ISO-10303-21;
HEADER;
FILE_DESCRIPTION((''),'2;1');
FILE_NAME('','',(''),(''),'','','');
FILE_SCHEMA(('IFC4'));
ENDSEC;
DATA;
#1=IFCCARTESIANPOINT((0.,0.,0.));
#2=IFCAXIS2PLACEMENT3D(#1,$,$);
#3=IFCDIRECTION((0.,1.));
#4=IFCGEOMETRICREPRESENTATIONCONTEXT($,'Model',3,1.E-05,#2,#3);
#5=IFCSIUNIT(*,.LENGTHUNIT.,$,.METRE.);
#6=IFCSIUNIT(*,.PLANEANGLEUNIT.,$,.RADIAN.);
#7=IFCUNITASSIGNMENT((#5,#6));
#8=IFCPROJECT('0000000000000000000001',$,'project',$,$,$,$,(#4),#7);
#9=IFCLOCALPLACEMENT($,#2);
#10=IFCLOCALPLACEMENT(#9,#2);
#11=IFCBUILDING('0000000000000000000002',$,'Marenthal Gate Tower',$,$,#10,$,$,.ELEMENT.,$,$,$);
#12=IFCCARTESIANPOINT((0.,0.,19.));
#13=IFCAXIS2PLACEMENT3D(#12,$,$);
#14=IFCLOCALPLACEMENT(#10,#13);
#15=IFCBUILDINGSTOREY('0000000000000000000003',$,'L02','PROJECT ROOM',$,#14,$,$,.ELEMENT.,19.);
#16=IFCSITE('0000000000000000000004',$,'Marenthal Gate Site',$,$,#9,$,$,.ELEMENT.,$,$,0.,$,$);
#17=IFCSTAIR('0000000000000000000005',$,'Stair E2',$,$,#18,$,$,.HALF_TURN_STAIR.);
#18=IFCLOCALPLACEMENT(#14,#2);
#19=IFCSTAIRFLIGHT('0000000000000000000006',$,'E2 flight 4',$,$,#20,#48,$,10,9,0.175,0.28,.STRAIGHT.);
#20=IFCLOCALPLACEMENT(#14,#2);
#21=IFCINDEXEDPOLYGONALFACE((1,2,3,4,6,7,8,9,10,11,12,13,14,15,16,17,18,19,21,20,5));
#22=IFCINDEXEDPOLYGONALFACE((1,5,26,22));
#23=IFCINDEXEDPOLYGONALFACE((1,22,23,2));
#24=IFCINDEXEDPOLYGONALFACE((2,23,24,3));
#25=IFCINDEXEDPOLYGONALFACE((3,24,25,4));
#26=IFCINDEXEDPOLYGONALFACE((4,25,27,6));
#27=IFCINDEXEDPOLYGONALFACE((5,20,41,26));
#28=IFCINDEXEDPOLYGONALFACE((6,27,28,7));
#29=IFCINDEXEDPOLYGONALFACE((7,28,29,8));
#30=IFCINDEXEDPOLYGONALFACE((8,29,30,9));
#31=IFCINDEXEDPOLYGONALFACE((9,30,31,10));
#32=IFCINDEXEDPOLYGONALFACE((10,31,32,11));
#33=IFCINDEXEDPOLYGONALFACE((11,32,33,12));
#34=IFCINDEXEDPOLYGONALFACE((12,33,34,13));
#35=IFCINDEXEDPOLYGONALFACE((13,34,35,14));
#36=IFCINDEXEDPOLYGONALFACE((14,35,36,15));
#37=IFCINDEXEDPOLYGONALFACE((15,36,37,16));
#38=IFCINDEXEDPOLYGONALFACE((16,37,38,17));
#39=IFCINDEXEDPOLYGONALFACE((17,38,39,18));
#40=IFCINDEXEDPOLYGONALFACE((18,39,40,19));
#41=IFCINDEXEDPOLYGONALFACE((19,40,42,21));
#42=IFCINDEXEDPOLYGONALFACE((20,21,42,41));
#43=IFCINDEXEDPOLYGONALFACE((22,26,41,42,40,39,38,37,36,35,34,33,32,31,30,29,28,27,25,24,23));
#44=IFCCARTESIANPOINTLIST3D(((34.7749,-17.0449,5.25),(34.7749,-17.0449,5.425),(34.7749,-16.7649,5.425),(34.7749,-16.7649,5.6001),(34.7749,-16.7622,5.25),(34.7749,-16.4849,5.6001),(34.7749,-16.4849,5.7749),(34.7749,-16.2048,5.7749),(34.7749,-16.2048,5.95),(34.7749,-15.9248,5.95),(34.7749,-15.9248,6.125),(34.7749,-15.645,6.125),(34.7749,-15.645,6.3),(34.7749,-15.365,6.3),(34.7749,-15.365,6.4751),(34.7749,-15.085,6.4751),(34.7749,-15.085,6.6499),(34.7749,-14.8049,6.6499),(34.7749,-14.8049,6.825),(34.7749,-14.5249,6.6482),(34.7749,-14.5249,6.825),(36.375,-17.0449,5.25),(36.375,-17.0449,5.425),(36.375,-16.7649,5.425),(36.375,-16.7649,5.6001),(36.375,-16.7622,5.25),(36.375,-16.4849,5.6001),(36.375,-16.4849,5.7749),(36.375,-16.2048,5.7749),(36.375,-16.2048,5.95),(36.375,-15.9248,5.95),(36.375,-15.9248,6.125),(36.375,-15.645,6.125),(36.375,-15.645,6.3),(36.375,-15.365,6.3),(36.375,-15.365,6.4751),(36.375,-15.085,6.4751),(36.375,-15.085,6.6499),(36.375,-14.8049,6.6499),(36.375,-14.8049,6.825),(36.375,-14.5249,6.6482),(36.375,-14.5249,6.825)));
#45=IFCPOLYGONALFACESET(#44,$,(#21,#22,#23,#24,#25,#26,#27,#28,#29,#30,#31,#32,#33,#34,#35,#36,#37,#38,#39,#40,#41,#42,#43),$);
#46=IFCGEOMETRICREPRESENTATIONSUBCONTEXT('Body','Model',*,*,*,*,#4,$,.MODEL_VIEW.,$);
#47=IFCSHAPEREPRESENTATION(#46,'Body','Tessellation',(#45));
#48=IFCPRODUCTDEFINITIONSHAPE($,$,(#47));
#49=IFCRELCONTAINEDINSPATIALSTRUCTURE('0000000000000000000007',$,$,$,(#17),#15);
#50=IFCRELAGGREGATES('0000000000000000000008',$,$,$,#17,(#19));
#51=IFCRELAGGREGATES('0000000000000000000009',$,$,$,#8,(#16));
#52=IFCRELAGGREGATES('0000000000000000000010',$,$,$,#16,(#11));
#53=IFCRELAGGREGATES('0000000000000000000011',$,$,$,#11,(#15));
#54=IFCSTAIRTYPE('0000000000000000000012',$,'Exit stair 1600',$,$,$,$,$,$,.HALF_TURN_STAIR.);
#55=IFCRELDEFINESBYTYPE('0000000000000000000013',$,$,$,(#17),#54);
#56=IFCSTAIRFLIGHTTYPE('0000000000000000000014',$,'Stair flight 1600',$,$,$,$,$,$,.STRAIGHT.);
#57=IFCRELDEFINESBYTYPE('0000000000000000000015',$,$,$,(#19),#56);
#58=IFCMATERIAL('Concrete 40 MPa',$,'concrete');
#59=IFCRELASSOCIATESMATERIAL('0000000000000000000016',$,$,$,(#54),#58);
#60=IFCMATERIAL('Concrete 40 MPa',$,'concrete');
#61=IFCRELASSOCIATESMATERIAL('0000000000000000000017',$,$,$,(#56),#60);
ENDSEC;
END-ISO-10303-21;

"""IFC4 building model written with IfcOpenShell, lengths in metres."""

from ifc_helpers import new_model, si_unit, direction, frame, origin, place, context, subcontext, project, spatial, polyline, outline, extrude, material, type_object, element, aggregate, save


model = new_model("IFC4")

# Units and contexts
model_context = context("Model", 3, precision=1e-05, world=origin(), true_north=direction((0.0, 1.0)))
body_context = subcontext(model_context, "Body", "Model", "MODEL_VIEW")
ifc_project = project(units=[si_unit("LENGTHUNIT", "METRE"), si_unit("PLANEANGLEUNIT", "RADIAN")], contexts=[model_context])

# Site, building, storey
site_placement = place(None, origin())
site = spatial("IfcSite", under=ifc_project, at=site_placement, Name="Marenthal Gate Site", CompositionType="ELEMENT", RefElevation=0.0)
building_placement = place(site_placement, origin())
building = spatial("IfcBuilding", under=site, at=building_placement, Name="Marenthal Gate Tower", CompositionType="ELEMENT")
storey_placement = place(building_placement, frame((0.0, 0.0, 19.0)))
storey = spatial("IfcBuildingStorey", under=building, at=storey_placement, Name="L02", Description="PROJECT ROOM", CompositionType="ELEMENT", Elevation=19.0)

# Stair, stair flight
ifc_material_1 = material(Name="Concrete 40 MPa", Category="concrete")
stair_type = type_object("IfcStairType", Name="Exit stair 1600", PredefinedType="HALF_TURN_STAIR", material=ifc_material_1)
stair_placement = place(storey_placement, origin())
stair = element("IfcStair", 1, at=stair_placement, inside=storey, type_object=stair_type, Name="Stair E2", PredefinedType="HALF_TURN_STAIR")
ifc_material_2 = material(Name="Concrete 40 MPa", Category="concrete")
stair_flight_type = type_object("IfcStairFlightType", Name="Stair flight 1600", PredefinedType="STRAIGHT", material=ifc_material_2)
stair_flight_1_placement = place(storey_placement, frame((35.575, -17.0449, 5.25), z_axis=(0.0, 0.0, 1.0), x_axis=(0.0, 1.0, 0.0)))
stair_flight_1 = element("IfcStairFlight", 2, at=stair_flight_1_placement, type_object=stair_flight_type, Name="E2 flight 4", NumberOfRisers=10, NumberOfTreads=9, PredefinedType="STRAIGHT", RiserHeight=0.175, TreadLength=0.28, context=body_context, shape_type="SweptSolid", body=[
    extrude(outline(polyline([(0.0, 0.0), (0.0, 0.175), (0.28, 0.175), (0.28, 0.3501), (0.5601, 0.3501), (0.5601, 0.5249), (0.8401, 0.5249), (0.8401, 0.7), (1.1201, 0.7), (1.1201, 0.875), (1.3999, 0.875), (1.3999, 1.05), (1.6799, 1.05), (1.6799, 1.2251), (1.96, 1.2251), (1.96, 1.3999), (2.24, 1.3999), (2.24, 1.575), (2.52, 1.575), (2.52, 1.75), (2.52, 1.3982), (0.2827, 0.0), (0.0, 0.0)])), frame((0.0, 0.8, 0.0), z_axis=(0.0, -1.0, 0.0), x_axis=(1.0, 0.0, 0.0)), (0.0, 0.0, 1.0), 1.6001),
])
aggregate(stair, [stair_flight_1])

save(model, "model.ifc")
